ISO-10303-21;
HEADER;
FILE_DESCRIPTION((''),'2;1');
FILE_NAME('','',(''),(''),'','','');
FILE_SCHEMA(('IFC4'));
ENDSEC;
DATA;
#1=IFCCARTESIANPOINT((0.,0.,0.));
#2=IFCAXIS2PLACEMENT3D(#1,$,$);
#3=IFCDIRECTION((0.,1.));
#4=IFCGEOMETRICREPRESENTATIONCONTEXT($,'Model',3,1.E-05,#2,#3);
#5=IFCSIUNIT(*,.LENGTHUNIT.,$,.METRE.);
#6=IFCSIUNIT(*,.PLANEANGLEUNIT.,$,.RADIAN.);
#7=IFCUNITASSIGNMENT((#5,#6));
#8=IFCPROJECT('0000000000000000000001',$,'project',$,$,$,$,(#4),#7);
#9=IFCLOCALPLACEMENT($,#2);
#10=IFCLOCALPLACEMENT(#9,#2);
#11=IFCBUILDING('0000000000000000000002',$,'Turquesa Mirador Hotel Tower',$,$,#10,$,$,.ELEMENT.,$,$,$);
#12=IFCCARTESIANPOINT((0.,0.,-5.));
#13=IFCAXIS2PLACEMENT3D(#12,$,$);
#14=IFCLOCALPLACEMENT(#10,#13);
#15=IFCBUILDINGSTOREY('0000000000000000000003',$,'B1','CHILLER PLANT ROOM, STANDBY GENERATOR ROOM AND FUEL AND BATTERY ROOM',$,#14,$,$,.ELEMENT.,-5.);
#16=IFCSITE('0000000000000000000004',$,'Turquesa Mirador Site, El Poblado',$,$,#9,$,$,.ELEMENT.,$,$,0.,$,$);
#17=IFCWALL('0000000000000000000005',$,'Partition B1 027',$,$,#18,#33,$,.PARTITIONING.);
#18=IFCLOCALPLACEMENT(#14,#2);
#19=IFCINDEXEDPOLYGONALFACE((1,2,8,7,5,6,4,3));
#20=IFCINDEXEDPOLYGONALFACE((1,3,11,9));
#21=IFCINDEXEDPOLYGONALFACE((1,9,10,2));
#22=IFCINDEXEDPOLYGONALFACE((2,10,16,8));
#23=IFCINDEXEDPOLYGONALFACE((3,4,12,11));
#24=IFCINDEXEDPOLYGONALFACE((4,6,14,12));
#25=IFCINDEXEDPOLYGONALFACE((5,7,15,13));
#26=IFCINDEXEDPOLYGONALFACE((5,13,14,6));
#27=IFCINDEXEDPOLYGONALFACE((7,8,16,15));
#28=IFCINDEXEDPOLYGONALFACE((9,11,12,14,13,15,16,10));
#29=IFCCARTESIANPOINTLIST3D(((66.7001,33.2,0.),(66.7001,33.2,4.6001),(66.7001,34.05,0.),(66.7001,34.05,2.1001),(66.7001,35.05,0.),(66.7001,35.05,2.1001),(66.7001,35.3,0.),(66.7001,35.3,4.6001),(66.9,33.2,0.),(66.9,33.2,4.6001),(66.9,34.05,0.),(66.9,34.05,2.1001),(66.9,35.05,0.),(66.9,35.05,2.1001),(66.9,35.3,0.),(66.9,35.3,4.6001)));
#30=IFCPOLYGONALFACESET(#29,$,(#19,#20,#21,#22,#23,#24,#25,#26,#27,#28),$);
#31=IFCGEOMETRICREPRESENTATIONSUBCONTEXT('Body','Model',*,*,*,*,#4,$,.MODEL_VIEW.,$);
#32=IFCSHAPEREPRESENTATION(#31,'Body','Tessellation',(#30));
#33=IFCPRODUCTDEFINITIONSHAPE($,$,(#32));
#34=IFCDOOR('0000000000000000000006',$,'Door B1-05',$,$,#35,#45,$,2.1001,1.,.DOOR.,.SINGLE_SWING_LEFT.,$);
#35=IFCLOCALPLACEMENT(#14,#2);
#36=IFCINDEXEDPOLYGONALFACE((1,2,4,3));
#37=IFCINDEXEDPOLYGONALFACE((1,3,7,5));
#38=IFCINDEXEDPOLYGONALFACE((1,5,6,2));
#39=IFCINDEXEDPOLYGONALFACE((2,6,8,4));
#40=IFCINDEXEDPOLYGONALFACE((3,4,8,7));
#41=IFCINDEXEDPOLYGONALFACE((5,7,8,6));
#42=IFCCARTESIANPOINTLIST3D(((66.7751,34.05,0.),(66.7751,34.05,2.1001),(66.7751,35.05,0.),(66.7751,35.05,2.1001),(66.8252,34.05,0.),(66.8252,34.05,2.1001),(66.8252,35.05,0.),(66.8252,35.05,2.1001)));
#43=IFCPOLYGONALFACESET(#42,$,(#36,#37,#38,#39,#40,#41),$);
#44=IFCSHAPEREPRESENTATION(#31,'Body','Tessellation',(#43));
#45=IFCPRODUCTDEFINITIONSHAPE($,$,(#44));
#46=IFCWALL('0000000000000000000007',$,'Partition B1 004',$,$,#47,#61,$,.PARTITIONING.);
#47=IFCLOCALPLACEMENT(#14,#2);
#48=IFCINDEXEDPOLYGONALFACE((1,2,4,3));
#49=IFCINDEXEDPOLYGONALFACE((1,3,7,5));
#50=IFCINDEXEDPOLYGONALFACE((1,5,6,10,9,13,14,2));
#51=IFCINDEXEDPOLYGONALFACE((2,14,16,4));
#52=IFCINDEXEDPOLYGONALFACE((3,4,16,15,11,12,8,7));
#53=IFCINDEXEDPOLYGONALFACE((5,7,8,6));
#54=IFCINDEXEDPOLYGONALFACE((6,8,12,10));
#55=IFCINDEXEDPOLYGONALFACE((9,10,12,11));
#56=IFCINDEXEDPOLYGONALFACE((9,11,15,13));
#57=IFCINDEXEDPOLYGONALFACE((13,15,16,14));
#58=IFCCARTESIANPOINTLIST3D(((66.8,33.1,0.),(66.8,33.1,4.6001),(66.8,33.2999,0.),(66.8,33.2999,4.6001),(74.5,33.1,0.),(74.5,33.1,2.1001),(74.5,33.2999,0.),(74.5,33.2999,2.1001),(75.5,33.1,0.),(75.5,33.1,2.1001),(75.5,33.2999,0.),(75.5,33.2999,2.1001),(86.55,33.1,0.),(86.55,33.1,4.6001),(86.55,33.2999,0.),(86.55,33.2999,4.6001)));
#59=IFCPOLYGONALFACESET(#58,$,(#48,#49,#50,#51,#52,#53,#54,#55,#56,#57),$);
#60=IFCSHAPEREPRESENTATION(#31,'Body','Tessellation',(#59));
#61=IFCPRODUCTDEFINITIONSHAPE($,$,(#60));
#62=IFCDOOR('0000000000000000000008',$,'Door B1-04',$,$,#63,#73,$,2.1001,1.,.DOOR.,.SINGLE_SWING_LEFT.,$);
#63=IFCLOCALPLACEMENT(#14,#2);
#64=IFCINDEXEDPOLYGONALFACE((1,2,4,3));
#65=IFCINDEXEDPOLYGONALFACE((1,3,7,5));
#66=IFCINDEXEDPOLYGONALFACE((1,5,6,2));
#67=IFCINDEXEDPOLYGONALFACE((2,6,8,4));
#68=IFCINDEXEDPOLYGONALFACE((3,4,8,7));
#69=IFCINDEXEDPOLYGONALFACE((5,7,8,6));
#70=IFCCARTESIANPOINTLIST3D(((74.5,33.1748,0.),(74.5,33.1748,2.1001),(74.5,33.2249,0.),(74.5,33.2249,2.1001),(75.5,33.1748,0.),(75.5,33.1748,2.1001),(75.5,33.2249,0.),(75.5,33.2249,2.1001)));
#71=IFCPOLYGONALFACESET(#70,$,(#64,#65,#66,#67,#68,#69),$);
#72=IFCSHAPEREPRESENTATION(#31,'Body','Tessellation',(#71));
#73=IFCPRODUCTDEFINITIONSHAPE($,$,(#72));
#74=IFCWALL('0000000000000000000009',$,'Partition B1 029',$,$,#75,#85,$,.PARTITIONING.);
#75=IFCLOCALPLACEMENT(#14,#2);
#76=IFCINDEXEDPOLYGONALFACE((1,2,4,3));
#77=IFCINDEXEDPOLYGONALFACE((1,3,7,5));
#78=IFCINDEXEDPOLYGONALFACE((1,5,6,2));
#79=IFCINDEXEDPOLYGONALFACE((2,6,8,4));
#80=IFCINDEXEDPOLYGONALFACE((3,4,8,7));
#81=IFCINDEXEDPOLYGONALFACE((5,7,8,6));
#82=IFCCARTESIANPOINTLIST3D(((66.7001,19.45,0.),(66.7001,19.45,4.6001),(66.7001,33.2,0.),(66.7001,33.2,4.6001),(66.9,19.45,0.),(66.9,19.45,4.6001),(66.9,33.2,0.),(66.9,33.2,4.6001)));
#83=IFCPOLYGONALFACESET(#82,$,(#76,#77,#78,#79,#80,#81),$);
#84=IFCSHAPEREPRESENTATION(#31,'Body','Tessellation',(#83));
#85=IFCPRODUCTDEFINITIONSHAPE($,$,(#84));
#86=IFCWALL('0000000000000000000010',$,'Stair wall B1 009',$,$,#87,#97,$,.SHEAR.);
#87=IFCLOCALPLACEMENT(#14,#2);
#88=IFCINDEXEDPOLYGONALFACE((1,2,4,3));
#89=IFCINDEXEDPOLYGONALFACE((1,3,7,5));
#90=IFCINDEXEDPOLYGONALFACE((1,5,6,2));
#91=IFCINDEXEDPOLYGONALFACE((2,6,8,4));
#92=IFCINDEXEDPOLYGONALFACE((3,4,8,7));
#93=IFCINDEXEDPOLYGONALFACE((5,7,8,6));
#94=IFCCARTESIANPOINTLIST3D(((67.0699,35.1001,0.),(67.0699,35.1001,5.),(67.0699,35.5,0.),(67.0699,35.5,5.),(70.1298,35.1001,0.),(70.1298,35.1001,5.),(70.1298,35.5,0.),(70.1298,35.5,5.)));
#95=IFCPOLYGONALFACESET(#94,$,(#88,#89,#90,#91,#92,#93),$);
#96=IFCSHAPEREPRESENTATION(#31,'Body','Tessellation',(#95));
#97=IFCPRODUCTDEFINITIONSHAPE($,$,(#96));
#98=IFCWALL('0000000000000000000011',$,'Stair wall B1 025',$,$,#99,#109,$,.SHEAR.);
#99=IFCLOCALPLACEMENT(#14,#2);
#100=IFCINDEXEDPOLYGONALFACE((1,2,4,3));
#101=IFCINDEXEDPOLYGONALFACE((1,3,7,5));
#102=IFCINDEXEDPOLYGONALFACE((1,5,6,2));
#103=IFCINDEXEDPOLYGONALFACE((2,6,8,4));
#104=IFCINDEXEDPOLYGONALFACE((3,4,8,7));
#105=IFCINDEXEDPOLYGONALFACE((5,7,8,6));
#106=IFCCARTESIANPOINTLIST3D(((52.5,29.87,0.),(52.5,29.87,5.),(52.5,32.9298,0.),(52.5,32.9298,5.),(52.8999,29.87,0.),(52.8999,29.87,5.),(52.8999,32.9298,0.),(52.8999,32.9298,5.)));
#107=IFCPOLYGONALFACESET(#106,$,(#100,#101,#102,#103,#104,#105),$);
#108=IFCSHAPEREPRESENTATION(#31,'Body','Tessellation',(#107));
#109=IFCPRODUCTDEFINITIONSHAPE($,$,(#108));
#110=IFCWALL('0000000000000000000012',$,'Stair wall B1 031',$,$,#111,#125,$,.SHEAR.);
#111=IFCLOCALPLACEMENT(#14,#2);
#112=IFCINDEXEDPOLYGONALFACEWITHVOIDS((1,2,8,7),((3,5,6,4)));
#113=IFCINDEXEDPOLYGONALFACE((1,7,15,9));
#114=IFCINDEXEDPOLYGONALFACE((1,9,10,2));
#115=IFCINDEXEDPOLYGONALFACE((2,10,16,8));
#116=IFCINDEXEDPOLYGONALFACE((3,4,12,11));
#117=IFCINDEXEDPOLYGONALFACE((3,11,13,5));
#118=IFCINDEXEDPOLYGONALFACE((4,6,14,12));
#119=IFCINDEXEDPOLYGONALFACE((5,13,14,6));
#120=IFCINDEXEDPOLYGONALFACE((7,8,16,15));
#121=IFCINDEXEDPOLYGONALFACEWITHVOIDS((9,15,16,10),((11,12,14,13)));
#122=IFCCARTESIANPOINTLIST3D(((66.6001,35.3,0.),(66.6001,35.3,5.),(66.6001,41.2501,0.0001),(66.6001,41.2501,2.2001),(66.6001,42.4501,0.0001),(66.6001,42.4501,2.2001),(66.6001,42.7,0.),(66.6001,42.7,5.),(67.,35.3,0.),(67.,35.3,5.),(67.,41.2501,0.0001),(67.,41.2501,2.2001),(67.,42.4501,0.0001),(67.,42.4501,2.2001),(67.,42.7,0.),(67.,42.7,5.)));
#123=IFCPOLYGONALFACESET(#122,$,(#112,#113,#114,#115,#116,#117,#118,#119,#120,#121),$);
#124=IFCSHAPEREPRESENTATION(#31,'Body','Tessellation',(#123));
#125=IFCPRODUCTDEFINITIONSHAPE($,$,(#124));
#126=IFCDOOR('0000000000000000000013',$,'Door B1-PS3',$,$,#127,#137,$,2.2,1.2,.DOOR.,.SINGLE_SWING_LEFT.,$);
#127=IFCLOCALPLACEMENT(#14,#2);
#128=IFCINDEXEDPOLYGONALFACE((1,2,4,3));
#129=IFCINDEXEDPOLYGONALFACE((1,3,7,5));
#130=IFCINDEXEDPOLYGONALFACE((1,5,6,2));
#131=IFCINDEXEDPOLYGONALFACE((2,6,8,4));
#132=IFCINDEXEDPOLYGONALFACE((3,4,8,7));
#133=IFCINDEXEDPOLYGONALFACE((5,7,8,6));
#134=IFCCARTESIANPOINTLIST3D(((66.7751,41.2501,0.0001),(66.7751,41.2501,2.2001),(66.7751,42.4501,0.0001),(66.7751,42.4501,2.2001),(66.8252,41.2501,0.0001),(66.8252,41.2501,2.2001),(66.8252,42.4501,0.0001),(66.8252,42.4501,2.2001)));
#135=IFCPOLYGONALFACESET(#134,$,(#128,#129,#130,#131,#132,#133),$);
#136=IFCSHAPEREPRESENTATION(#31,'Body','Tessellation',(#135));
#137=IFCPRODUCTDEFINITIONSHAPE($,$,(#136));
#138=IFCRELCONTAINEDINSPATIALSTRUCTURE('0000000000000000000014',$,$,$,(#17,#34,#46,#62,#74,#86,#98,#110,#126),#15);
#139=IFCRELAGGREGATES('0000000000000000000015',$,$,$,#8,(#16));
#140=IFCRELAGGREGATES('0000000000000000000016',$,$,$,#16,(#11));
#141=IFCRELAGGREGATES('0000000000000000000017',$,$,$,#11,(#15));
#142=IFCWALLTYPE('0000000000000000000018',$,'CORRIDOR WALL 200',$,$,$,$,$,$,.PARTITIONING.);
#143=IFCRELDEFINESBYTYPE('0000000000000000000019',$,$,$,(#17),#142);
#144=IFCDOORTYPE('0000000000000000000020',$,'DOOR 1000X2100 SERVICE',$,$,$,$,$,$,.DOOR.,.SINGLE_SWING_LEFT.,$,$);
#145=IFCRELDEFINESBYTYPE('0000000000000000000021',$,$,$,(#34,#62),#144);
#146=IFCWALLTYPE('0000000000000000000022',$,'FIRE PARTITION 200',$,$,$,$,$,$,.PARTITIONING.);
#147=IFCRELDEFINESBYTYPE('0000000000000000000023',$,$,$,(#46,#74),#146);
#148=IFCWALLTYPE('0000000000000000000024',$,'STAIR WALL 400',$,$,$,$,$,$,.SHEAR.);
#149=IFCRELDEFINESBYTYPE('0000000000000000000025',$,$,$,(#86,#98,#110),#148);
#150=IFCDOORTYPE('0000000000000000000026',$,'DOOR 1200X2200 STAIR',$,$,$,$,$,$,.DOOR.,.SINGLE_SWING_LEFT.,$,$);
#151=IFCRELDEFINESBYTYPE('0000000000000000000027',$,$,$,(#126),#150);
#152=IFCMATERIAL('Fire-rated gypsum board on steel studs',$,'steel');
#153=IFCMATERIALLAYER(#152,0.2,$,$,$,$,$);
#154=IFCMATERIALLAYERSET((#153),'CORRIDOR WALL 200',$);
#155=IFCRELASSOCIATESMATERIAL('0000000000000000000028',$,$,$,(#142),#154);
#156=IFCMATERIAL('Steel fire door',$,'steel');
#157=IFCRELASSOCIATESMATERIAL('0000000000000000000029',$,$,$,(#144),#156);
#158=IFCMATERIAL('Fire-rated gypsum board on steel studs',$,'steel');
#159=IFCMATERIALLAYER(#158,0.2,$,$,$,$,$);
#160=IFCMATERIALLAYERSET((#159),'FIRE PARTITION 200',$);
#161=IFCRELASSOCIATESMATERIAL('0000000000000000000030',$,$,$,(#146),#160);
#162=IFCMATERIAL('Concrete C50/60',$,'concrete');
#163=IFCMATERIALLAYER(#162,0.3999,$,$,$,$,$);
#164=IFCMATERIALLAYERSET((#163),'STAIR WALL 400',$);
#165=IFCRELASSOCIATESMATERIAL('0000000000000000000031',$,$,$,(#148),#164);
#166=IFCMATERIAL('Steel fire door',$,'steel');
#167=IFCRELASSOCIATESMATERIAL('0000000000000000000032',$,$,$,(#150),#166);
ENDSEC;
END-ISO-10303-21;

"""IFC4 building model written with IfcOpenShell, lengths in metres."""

from ifc_helpers import new_model, si_unit, direction, frame, frame_2d, origin, place, context, subcontext, project, spatial, rectangle, extrude, material, layer, layer_set, type_object, element, fill, save


model = new_model("IFC4")

# Units and contexts
model_context = context("Model", 3, precision=1e-05, world=origin(), true_north=direction((0.0, 1.0)))
body_context = subcontext(model_context, "Body", "Model", "MODEL_VIEW")
ifc_project = project(units=[si_unit("LENGTHUNIT", "METRE"), si_unit("PLANEANGLEUNIT", "RADIAN")], contexts=[model_context])

# Site, building, storey
site_placement = place(None, origin())
site = spatial("IfcSite", under=ifc_project, at=site_placement, Name="Turquesa Mirador Site, El Poblado", CompositionType="ELEMENT", RefElevation=0.0)
building_placement = place(site_placement, origin())
building = spatial("IfcBuilding", under=site, at=building_placement, Name="Turquesa Mirador Hotel Tower", CompositionType="ELEMENT")
storey_placement = place(building_placement, frame((0.0, 0.0, -5.0)))
storey = spatial("IfcBuildingStorey", under=building, at=storey_placement, Name="B1", Description="CHILLER PLANT ROOM, STANDBY GENERATOR ROOM AND FUEL AND BATTERY ROOM", CompositionType="ELEMENT", Elevation=-5.0)

# Shared definitions
ifc_material_1 = material(Name="Fire-rated gypsum board on steel studs", Category="steel")
ifc_layer_1 = layer(ifc_material_1, 0.2)
ifc_layer_set_1 = layer_set([ifc_layer_1], Name="CORRIDOR WALL 200")
wall_type_1 = type_object("IfcWallType", Name="CORRIDOR WALL 200", PredefinedType="PARTITIONING", material=ifc_layer_set_1)

# Walls, openings, doors
wall_1_placement = place(storey_placement, frame((66.8, 33.2, 0.0), z_axis=(0.0, 0.0, 1.0), x_axis=(0.0, 1.0, 0.0)))
wall_1 = element("IfcWall", 1, at=wall_1_placement, inside=storey, type_object=wall_type_1, Name="Partition B1 027", PredefinedType="PARTITIONING", context=body_context, shape_type="SweptSolid", body=[
    extrude(rectangle(XDim=2.1001, YDim=0.2, at=frame_2d((1.05, 0.0))), origin(), (0.0, 0.0, 1.0), 4.6001),
])
opening_1_placement = place(wall_1_placement, frame((0.8501, 0.0, 0.0)))
opening_1 = element("IfcOpeningElement", 2, at=opening_1_placement, cuts=wall_1, PredefinedType="OPENING", context=body_context, shape_type="SweptSolid", body=[
    extrude(rectangle(XDim=1.0, YDim=2.1001, at=frame_2d((0.5, 1.05))), frame((0.0, 0.1099, 0.0), z_axis=(0.0, -1.0, 0.0), x_axis=(1.0, 0.0, 0.0)), (0.0, 0.0, 1.0), 0.22),
])
ifc_material_2 = material(Name="Steel fire door", Category="steel")
door_type_1 = type_object("IfcDoorType", Name="DOOR 1000X2100 SERVICE", OperationType="SINGLE_SWING_LEFT", PredefinedType="DOOR", material=ifc_material_2)
door_1_placement = place(opening_1_placement, origin())
door_1 = element("IfcDoor", 3, at=door_1_placement, inside=storey, type_object=door_type_1, Name="Door B1-05", OperationType="SINGLE_SWING_LEFT", OverallHeight=2.1001, OverallWidth=1.0, PredefinedType="DOOR", context=body_context, shape_type="SweptSolid", body=[
    extrude(rectangle(XDim=1.0, YDim=2.1001, at=frame_2d((0.5, 1.05))), frame((0.0, 0.0249, 0.0), z_axis=(0.0, -1.0, 0.0), x_axis=(1.0, 0.0, 0.0)), (0.0, 0.0, 1.0), 0.05),
])
fill(opening_1, door_1)
ifc_material_3 = material(Name="Fire-rated gypsum board on steel studs", Category="steel")
ifc_layer_2 = layer(ifc_material_3, 0.2)
ifc_layer_set_2 = layer_set([ifc_layer_2], Name="FIRE PARTITION 200")
wall_type_2 = type_object("IfcWallType", Name="FIRE PARTITION 200", PredefinedType="PARTITIONING", material=ifc_layer_set_2)
wall_2_placement = place(storey_placement, frame((66.8, 33.2, 0.0), z_axis=(0.0, 0.0, 1.0), x_axis=(1.0, 0.0, 0.0)))
wall_2 = element("IfcWall", 4, at=wall_2_placement, inside=storey, type_object=wall_type_2, Name="Partition B1 004", PredefinedType="PARTITIONING", context=body_context, shape_type="SweptSolid", body=[
    extrude(rectangle(XDim=19.75, YDim=0.2, at=frame_2d((9.875, 0.0))), origin(), (0.0, 0.0, 1.0), 4.6001),
])
opening_2_placement = place(wall_2_placement, frame((7.7, 0.0, 0.0)))
opening_2 = element("IfcOpeningElement", 5, at=opening_2_placement, cuts=wall_2, PredefinedType="OPENING", context=body_context, shape_type="SweptSolid", body=[
    extrude(rectangle(XDim=1.0, YDim=2.1001, at=frame_2d((0.5, 1.05))), frame((0.0, 0.1099, 0.0), z_axis=(0.0, -1.0, 0.0), x_axis=(1.0, 0.0, 0.0)), (0.0, 0.0, 1.0), 0.22),
])
door_2_placement = place(opening_2_placement, origin())
door_2 = element("IfcDoor", 6, at=door_2_placement, inside=storey, type_object=door_type_1, Name="Door B1-04", OperationType="SINGLE_SWING_LEFT", OverallHeight=2.1001, OverallWidth=1.0, PredefinedType="DOOR", context=body_context, shape_type="SweptSolid", body=[
    extrude(rectangle(XDim=1.0, YDim=2.1001, at=frame_2d((0.5, 1.05))), frame((0.0, 0.0249, 0.0), z_axis=(0.0, -1.0, 0.0), x_axis=(1.0, 0.0, 0.0)), (0.0, 0.0, 1.0), 0.05),
])
fill(opening_2, door_2)

# Walls
wall_3_placement = place(storey_placement, frame((66.8, 19.45, 0.0), z_axis=(0.0, 0.0, 1.0), x_axis=(0.0, 1.0, 0.0)))
element("IfcWall", 7, at=wall_3_placement, inside=storey, type_object=wall_type_2, Name="Partition B1 029", PredefinedType="PARTITIONING", context=body_context, shape_type="SweptSolid", body=[
    extrude(rectangle(XDim=13.75, YDim=0.2, at=frame_2d((6.875, 0.0))), origin(), (0.0, 0.0, 1.0), 4.6001),
])
ifc_material_4 = material(Name="Concrete C50/60", Category="concrete")
ifc_layer_3 = layer(ifc_material_4, 0.3999)
ifc_layer_set_3 = layer_set([ifc_layer_3], Name="STAIR WALL 400")
wall_type_3 = type_object("IfcWallType", Name="STAIR WALL 400", PredefinedType="SHEAR", material=ifc_layer_set_3)
for number, where, z_axis, x_axis, name in (
    (8, (67.0701, 35.3, 0.0), (0.0, 0.0, 1.0), (1.0, 0.0, 0.0), "Stair wall B1 009"),
    (9, (52.7, 29.8701, 0.0), (0.0, 0.0, 1.0), (0.0, 1.0, 0.0), "Stair wall B1 025"),
):
    element("IfcWall", number, at=place(storey_placement, frame(where, z_axis=z_axis, x_axis=x_axis)), inside=storey, type_object=wall_type_3, Name=name, PredefinedType="SHEAR", context=body_context, shape_type="SweptSolid", body=[
        extrude(rectangle(XDim=3.0598, YDim=0.3999, at=frame_2d((1.5298, 0.0))), origin(), (0.0, 0.0, 1.0), 5.0),
    ])

# Wall, opening, door
wall_4_placement = place(storey_placement, frame((66.8, 35.3, 0.0), z_axis=(0.0, 0.0, 1.0), x_axis=(0.0, 1.0, 0.0)))
wall_4 = element("IfcWall", 10, at=wall_4_placement, inside=storey, type_object=wall_type_3, Name="Stair wall B1 031", PredefinedType="SHEAR", context=body_context, shape_type="SweptSolid", body=[
    extrude(rectangle(XDim=7.3999, YDim=0.3999, at=frame_2d((3.7, 0.0))), origin(), (0.0, 0.0, 1.0), 5.0),
])
opening_3_placement = place(wall_4_placement, frame((5.95, 0.0, 0.0)))
opening_3 = element("IfcOpeningElement", 11, at=opening_3_placement, cuts=wall_4, PredefinedType="OPENING", context=body_context, shape_type="SweptSolid", body=[
    extrude(rectangle(XDim=1.2, YDim=2.2, at=frame_2d((0.6001, 1.1001))), frame((0.0, 0.21, 0.0), z_axis=(0.0, -1.0, 0.0), x_axis=(1.0, 0.0, 0.0)), (0.0, 0.0, 1.0), 0.4199),
])
ifc_material_5 = material(Name="Steel fire door", Category="steel")
door_type_2 = type_object("IfcDoorType", Name="DOOR 1200X2200 STAIR", OperationType="SINGLE_SWING_LEFT", PredefinedType="DOOR", material=ifc_material_5)
door_3_placement = place(opening_3_placement, origin())
door_3 = element("IfcDoor", 12, at=door_3_placement, inside=storey, type_object=door_type_2, Name="Door B1-PS3", OperationType="SINGLE_SWING_LEFT", OverallHeight=2.2, OverallWidth=1.2, PredefinedType="DOOR", context=body_context, shape_type="SweptSolid", body=[
    extrude(rectangle(XDim=1.2, YDim=2.2, at=frame_2d((0.6001, 1.1001))), frame((0.0, 0.0249, 0.0), z_axis=(0.0, -1.0, 0.0), x_axis=(1.0, 0.0, 0.0)), (0.0, 0.0, 1.0), 0.05),
])
fill(opening_3, door_3)

save(model, "model.ifc")
